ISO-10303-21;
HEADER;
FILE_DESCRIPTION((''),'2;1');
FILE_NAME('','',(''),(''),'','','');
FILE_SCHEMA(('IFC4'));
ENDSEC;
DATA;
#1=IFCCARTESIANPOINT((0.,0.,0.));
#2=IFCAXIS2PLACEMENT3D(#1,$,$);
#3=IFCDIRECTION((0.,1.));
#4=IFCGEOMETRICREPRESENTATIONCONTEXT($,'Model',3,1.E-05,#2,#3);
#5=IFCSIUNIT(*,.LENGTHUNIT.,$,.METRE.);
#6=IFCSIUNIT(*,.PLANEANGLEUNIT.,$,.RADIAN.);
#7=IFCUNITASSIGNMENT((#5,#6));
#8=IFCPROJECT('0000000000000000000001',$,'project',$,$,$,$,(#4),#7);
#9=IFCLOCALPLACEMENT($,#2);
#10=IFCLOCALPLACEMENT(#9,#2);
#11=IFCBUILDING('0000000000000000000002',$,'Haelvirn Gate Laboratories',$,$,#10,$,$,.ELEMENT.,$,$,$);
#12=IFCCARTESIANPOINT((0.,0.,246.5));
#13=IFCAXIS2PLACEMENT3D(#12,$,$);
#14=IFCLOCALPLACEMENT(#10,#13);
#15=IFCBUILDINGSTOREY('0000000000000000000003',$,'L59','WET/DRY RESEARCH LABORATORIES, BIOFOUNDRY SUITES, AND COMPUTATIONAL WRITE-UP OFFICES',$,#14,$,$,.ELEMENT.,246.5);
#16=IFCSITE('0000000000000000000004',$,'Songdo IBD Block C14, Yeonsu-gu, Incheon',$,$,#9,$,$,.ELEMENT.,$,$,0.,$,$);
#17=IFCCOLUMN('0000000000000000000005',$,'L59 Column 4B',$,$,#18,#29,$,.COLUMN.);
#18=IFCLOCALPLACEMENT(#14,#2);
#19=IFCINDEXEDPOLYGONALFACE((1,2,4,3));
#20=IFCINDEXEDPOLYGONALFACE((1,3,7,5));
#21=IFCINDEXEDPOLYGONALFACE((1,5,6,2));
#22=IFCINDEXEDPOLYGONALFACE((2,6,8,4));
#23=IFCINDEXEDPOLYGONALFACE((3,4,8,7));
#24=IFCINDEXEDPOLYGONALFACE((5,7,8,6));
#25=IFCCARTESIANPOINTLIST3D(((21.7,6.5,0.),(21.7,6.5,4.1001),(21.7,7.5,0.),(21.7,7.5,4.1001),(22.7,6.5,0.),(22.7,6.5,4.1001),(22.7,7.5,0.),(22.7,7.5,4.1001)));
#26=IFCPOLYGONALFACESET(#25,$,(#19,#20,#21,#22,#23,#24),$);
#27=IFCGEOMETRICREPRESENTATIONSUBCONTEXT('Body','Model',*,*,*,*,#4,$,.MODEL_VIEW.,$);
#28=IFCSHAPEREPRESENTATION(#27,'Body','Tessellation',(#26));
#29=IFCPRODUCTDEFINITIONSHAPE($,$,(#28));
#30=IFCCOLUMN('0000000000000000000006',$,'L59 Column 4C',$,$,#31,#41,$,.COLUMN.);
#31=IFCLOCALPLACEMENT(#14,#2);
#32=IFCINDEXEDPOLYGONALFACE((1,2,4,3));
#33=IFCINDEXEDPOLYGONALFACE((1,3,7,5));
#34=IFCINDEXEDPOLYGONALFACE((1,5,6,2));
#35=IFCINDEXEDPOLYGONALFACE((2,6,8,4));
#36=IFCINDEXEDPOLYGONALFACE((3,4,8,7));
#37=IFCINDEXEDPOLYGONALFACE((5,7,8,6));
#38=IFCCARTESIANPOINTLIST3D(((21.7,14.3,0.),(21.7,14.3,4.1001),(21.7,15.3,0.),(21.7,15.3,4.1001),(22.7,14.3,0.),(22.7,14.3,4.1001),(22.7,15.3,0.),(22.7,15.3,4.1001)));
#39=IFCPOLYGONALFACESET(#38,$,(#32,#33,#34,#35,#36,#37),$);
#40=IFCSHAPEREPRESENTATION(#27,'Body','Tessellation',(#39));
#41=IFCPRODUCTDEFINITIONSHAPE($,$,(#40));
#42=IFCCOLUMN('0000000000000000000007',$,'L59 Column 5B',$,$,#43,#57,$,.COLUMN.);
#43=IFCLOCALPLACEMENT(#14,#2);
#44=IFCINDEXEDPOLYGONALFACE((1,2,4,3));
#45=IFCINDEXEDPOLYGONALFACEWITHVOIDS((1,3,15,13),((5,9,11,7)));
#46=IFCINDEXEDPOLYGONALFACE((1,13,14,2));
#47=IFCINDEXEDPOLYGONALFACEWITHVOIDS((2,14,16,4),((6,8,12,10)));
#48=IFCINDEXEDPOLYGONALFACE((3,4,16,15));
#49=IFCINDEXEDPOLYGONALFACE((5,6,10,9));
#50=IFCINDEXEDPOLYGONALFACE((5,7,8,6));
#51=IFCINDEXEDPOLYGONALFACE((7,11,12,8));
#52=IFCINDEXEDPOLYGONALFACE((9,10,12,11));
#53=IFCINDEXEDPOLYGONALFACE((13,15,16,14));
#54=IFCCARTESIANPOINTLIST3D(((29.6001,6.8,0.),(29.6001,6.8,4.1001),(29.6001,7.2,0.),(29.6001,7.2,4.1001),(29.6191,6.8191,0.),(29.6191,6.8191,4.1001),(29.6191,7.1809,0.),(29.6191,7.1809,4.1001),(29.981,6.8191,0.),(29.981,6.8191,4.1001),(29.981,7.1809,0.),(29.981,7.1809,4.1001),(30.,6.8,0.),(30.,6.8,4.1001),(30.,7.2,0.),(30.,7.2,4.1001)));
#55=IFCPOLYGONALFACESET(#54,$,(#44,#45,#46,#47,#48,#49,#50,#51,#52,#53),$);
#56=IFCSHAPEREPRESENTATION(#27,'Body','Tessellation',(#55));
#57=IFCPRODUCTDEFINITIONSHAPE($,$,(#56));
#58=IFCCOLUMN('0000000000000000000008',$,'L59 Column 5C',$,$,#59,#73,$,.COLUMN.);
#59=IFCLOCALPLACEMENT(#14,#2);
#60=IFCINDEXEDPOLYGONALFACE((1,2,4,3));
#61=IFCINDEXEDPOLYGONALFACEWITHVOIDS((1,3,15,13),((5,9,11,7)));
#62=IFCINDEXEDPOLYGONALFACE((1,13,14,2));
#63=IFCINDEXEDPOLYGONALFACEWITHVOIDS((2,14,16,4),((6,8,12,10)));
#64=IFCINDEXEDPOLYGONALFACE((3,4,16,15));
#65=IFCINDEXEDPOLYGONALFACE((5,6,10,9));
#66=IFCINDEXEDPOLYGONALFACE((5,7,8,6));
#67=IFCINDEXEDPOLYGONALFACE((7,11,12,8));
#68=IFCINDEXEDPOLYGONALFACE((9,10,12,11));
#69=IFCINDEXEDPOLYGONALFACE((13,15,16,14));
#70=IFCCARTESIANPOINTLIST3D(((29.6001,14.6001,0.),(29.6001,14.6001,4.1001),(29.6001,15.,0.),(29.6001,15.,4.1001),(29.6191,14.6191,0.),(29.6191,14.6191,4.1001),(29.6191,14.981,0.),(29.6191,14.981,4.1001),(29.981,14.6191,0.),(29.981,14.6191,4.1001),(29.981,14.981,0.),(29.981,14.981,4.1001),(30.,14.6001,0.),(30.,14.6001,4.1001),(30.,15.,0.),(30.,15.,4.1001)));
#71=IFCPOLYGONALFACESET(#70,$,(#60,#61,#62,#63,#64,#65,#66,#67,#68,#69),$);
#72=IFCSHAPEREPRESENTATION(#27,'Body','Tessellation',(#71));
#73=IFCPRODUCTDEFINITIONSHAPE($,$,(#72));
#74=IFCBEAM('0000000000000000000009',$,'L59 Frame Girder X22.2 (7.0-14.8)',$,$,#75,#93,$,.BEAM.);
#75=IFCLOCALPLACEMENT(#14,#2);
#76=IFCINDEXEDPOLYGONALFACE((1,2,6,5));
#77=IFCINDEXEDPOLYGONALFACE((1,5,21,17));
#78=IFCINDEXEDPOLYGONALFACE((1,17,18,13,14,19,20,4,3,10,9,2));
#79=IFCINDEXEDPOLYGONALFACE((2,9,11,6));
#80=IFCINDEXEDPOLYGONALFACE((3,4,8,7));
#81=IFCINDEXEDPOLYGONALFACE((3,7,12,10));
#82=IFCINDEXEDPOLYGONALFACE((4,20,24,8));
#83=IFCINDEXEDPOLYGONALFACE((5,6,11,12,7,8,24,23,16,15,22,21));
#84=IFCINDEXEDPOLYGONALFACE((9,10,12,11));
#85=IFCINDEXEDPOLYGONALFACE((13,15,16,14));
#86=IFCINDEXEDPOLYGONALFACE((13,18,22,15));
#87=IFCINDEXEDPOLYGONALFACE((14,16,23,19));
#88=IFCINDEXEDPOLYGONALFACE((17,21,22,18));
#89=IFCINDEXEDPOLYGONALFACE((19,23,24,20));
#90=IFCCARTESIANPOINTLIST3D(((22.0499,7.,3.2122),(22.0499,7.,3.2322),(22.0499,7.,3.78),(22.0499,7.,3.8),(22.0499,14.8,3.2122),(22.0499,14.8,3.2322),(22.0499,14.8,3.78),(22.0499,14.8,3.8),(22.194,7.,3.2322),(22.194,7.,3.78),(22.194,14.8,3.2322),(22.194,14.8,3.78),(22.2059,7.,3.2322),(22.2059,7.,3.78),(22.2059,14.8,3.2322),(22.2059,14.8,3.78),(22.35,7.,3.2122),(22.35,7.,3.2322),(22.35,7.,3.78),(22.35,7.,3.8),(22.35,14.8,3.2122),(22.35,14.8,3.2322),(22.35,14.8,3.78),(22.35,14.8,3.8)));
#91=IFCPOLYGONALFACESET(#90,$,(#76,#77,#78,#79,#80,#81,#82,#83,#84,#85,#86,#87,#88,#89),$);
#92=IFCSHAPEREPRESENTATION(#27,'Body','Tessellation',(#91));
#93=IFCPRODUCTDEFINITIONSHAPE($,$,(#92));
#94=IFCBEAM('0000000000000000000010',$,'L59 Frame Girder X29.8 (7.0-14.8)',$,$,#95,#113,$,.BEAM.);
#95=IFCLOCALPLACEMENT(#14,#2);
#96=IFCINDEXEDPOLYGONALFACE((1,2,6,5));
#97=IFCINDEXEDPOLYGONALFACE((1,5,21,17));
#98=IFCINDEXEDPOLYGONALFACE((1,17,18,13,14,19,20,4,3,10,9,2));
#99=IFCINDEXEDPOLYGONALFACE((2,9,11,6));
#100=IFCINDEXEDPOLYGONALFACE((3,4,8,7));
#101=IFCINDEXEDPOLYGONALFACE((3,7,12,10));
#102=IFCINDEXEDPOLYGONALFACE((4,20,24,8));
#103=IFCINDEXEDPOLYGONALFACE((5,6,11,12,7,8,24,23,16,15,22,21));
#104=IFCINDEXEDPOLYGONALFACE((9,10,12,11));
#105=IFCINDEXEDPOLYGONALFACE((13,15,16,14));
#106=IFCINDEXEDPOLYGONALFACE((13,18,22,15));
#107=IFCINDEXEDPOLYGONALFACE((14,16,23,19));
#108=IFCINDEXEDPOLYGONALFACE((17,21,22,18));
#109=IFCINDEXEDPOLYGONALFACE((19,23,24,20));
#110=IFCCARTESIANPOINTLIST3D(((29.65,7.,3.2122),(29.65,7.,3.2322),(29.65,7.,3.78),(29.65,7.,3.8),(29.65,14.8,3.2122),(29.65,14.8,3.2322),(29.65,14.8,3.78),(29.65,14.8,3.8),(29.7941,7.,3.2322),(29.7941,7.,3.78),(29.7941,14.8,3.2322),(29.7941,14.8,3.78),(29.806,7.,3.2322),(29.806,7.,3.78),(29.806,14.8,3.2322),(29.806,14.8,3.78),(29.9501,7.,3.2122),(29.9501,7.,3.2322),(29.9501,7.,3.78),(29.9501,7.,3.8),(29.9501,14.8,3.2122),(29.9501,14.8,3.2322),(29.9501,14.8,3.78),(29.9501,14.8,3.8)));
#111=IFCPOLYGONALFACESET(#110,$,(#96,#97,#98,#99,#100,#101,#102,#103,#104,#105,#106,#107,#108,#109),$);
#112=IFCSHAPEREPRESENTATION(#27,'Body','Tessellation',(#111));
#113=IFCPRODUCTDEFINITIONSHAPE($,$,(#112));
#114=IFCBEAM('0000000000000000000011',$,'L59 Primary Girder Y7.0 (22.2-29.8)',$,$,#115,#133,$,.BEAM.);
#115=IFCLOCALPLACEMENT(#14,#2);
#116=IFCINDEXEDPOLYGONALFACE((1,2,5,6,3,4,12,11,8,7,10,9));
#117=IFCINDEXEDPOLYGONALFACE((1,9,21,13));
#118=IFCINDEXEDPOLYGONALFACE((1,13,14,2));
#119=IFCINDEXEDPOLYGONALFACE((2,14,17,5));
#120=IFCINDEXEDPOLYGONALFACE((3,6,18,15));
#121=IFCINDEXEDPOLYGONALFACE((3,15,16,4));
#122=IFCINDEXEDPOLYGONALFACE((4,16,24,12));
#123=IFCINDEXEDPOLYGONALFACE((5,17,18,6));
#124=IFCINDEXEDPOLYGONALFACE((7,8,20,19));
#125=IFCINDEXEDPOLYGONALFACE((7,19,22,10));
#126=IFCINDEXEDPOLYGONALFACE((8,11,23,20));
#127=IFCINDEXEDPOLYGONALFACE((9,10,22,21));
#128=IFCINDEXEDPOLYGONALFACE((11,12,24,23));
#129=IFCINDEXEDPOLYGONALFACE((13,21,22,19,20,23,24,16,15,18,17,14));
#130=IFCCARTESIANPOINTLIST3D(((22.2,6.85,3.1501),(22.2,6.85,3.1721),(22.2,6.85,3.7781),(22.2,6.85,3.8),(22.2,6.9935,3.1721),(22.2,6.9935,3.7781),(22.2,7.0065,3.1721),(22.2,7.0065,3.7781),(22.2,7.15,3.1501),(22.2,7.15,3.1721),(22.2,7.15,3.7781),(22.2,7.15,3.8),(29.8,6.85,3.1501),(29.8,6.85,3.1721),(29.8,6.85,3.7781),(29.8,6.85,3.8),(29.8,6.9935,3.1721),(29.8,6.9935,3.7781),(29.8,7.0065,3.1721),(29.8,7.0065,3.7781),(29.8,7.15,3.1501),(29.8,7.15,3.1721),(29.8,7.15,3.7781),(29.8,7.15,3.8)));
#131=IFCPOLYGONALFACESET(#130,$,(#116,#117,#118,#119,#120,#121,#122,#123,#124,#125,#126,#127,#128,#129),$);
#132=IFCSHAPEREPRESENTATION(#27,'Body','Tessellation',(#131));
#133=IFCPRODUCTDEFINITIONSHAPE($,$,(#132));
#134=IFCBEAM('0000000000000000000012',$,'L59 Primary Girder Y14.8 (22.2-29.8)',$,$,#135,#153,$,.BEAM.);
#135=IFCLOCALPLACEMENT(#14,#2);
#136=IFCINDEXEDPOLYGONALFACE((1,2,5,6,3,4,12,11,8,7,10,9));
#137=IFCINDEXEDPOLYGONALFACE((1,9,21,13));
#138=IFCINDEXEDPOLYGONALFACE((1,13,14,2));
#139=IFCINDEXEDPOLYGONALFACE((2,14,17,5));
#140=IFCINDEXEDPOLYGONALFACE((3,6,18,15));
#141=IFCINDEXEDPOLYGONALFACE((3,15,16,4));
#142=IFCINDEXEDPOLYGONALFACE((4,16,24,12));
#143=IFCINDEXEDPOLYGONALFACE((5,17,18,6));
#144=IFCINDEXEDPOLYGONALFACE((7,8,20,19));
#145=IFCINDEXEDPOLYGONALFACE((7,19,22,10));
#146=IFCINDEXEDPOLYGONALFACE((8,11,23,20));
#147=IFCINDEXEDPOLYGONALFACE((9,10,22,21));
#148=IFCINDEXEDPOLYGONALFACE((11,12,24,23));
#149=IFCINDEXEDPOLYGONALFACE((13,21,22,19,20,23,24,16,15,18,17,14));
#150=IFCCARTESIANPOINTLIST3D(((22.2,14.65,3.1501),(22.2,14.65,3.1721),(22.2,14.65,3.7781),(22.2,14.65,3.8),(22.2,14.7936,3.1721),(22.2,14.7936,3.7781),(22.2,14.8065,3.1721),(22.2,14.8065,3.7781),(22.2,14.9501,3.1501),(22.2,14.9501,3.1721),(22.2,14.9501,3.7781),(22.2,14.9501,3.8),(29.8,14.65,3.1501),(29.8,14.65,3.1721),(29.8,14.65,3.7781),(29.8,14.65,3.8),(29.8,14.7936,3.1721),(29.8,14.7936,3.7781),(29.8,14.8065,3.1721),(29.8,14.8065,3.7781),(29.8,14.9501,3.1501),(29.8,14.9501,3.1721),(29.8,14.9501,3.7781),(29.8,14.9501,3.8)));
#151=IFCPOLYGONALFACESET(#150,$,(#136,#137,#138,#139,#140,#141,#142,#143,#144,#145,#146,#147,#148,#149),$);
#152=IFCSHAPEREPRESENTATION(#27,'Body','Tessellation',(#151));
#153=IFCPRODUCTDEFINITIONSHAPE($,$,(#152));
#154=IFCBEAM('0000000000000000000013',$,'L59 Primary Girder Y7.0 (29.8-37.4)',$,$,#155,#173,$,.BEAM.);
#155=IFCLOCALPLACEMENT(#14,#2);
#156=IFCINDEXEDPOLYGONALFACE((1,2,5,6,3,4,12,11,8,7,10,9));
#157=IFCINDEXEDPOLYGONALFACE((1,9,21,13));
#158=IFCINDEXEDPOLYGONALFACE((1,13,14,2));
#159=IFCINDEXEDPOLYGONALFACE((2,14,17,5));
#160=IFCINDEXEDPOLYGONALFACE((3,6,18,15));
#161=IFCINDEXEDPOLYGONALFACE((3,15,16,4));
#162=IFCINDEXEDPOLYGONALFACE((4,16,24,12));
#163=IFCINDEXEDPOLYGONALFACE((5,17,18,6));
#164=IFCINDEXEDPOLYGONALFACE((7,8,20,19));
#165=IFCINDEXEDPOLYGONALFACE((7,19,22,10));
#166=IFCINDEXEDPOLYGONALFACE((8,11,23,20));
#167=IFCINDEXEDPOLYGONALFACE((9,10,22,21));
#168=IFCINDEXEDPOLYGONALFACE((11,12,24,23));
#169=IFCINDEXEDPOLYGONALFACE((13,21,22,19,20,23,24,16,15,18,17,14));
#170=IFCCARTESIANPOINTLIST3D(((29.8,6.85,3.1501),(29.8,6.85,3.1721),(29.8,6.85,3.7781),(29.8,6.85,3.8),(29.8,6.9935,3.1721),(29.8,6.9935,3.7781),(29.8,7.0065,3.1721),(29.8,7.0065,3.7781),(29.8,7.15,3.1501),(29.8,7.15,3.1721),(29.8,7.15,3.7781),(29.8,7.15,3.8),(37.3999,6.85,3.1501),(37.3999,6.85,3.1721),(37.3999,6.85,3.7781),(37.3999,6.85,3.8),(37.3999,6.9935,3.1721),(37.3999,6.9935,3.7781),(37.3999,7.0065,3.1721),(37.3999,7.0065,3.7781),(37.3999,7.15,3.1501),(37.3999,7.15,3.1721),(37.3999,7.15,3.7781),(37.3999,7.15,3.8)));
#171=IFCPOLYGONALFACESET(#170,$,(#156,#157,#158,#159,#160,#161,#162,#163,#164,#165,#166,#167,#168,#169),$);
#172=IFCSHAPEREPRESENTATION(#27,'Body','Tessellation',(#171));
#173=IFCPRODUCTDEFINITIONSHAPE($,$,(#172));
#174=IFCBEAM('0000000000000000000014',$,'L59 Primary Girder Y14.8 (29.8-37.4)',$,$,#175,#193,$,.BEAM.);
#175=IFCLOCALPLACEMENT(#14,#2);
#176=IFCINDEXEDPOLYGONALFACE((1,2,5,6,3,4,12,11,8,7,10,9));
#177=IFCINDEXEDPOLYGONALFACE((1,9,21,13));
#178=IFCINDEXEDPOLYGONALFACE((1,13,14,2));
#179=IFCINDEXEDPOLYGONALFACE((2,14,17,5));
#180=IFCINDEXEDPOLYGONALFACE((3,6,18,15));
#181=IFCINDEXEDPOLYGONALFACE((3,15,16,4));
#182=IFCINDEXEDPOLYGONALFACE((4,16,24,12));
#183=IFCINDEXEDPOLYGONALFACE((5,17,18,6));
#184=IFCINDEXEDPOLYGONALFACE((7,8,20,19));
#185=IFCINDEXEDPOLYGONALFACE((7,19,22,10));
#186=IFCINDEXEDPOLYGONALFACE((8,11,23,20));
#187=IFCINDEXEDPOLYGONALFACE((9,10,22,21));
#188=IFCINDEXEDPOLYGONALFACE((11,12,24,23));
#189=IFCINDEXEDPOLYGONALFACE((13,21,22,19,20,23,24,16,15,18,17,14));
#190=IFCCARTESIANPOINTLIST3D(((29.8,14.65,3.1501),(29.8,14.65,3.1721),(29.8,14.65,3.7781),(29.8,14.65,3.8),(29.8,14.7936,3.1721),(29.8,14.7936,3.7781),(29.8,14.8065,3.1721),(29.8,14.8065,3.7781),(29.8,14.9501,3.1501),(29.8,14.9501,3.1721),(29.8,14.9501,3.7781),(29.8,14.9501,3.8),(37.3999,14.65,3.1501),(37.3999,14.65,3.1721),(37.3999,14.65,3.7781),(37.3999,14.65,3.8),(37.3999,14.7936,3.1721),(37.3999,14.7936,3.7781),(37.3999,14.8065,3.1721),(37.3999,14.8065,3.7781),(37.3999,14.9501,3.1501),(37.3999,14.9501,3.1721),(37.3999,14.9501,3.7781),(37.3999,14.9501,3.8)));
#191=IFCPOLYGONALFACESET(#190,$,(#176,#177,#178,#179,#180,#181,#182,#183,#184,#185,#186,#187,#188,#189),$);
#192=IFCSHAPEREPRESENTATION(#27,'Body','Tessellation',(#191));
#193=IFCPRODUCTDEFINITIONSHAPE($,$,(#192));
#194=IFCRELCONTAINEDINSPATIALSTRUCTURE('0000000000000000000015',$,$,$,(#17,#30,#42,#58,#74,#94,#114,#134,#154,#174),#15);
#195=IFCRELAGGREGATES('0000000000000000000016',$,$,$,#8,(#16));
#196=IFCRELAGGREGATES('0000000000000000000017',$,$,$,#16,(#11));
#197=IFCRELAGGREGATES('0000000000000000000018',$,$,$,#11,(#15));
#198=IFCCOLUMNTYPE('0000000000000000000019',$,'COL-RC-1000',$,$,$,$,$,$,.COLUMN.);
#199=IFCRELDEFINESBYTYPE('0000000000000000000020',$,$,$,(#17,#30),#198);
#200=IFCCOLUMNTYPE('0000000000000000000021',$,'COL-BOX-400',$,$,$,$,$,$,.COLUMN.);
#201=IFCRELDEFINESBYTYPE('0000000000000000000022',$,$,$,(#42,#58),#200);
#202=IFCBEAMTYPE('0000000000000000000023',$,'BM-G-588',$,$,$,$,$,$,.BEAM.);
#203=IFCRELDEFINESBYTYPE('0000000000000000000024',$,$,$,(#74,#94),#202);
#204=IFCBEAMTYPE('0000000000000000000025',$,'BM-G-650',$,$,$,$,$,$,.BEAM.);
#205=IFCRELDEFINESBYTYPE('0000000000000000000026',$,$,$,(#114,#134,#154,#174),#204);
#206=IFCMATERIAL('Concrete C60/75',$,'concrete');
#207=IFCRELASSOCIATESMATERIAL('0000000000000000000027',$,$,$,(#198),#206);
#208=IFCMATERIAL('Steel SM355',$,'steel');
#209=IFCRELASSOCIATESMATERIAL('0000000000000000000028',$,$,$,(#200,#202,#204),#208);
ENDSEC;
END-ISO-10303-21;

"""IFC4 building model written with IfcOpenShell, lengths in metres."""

from ifc_helpers import new_model, si_unit, direction, frame, origin, origin_2d, place, context, subcontext, project, spatial, rectangle, hollow_rectangle, i_section, extrude, source, transform, mapped, material, material_profile, profile_set, type_object, type_shapes, element, save


model = new_model("IFC4")

# Units and contexts
model_context = context("Model", 3, precision=1e-05, world=origin(), true_north=direction((0.0, 1.0)))
body_context = subcontext(model_context, "Body", "Model", "MODEL_VIEW")
ifc_project = project(units=[si_unit("LENGTHUNIT", "METRE"), si_unit("PLANEANGLEUNIT", "RADIAN")], contexts=[model_context])

# Site, building, storey
site_placement = place(None, origin())
site = spatial("IfcSite", under=ifc_project, at=site_placement, Name="Songdo IBD Block C14, Yeonsu-gu, Incheon", CompositionType="ELEMENT", RefElevation=0.0)
building_placement = place(site_placement, origin())
building = spatial("IfcBuilding", under=site, at=building_placement, Name="Haelvirn Gate Laboratories", CompositionType="ELEMENT")
storey_placement = place(building_placement, frame((0.0, 0.0, 246.5)))
storey = spatial("IfcBuildingStorey", under=building, at=storey_placement, Name="L59", Description="WET/DRY RESEARCH LABORATORIES, BIOFOUNDRY SUITES, AND COMPUTATIONAL WRITE-UP OFFICES", CompositionType="ELEMENT", Elevation=246.5)

# Columns
ifc_material_1 = material(Name="Concrete C60/75", Category="concrete")
ifc_material_profile_1 = material_profile(ifc_material_1, rectangle(XDim=1.0, YDim=1.0, at=origin_2d()), Name="RC-1000x1000")
ifc_profile_set_1 = profile_set([ifc_material_profile_1], Name="Concrete C60/75")
column_type_1 = type_object("IfcColumnType", Name="COL-RC-1000", PredefinedType="COLUMN", material=ifc_profile_set_1)
shared_shape_1 = source(origin(), body_context, "Body", "SweptSolid", [
    extrude(rectangle(XDim=1.0, YDim=1.0, at=origin_2d()), origin(), (0.0, 0.0, 1.0), 4.1001),
])
type_shapes(column_type_1, [shared_shape_1])
for number, where, z_axis, x_axis, name in (
    (1, (22.2, 7.0, 0.0), (0.0, 0.0, 1.0), (1.0, 0.0, 0.0), "L59 Column 4B"),
    (2, (22.2, 14.8, 0.0), (0.0, 0.0, 1.0), (1.0, 0.0, 0.0), "L59 Column 4C"),
):
    element("IfcColumn", number, at=place(storey_placement, frame(where, z_axis=z_axis, x_axis=x_axis)), inside=storey, type_object=column_type_1, Name=name, PredefinedType="COLUMN", context=body_context, shape_type="MappedRepresentation", body=[
        mapped(shared_shape_1, transform((0.0, 0.0, 0.0), scale=1.0)),
    ])
ifc_material_2 = material(Name="Steel SM355", Category="steel")
ifc_material_profile_2 = material_profile(ifc_material_2, hollow_rectangle(XDim=0.3999, YDim=0.3999, WallThickness=0.019, at=origin_2d()), Name="BOX-400x400x19")
ifc_profile_set_2 = profile_set([ifc_material_profile_2], Name="Steel SM355")
column_type_2 = type_object("IfcColumnType", Name="COL-BOX-400", PredefinedType="COLUMN", material=ifc_profile_set_2)
shared_shape_2 = source(origin(), body_context, "Body", "SweptSolid", [
    extrude(hollow_rectangle(XDim=0.3999, YDim=0.3999, WallThickness=0.019, at=origin_2d()), origin(), (0.0, 0.0, 1.0), 4.1001),
])
type_shapes(column_type_2, [shared_shape_2])
for number, where, z_axis, x_axis, name in (
    (3, (29.8, 7.0, 0.0), (0.0, 0.0, 1.0), (1.0, 0.0, 0.0), "L59 Column 5B"),
    (4, (29.8, 14.8, 0.0), (0.0, 0.0, 1.0), (1.0, 0.0, 0.0), "L59 Column 5C"),
):
    element("IfcColumn", number, at=place(storey_placement, frame(where, z_axis=z_axis, x_axis=x_axis)), inside=storey, type_object=column_type_2, Name=name, PredefinedType="COLUMN", context=body_context, shape_type="MappedRepresentation", body=[
        mapped(shared_shape_2, transform((0.0, 0.0, 0.0), scale=1.0)),
    ])

# Beams
ifc_material_profile_3 = material_profile(ifc_material_2, i_section(OverallWidth=0.3, OverallDepth=0.5879, WebThickness=0.012, FlangeThickness=0.02, at=origin_2d()), Name="H-588x300x12x20")
ifc_profile_set_3 = profile_set([ifc_material_profile_3], Name="Steel SM355")
beam_type_1 = type_object("IfcBeamType", Name="BM-G-588", PredefinedType="BEAM", material=ifc_profile_set_3)
shared_shape_3 = source(origin(), body_context, "Body", "SweptSolid", [
    extrude(i_section(OverallWidth=0.3, OverallDepth=0.5879, WebThickness=0.012, FlangeThickness=0.02, at=origin_2d()), origin(), (0.0, 0.0, 1.0), 7.8),
])
type_shapes(beam_type_1, [shared_shape_3])
for number, where, z_axis, x_axis, name in (
    (5, (22.2, 7.0, 3.5061), (0.0, 1.0, 0.0), (-1.0, 0.0, 0.0), "L59 Frame Girder X22.2 (7.0-14.8)"),
    (6, (29.8, 7.0, 3.5061), (0.0, 1.0, 0.0), (-1.0, 0.0, 0.0), "L59 Frame Girder X29.8 (7.0-14.8)"),
):
    element("IfcBeam", number, at=place(storey_placement, frame(where, z_axis=z_axis, x_axis=x_axis)), inside=storey, type_object=beam_type_1, Name=name, PredefinedType="BEAM", context=body_context, shape_type="MappedRepresentation", body=[
        mapped(shared_shape_3, transform((0.0, 0.0, 0.0), scale=1.0)),
    ])
ifc_material_profile_4 = material_profile(ifc_material_2, i_section(OverallWidth=0.3, OverallDepth=0.6499, WebThickness=0.0129, FlangeThickness=0.022, at=origin_2d()), Name="H-650x300x13x22")
ifc_profile_set_4 = profile_set([ifc_material_profile_4], Name="Steel SM355")
beam_type_2 = type_object("IfcBeamType", Name="BM-G-650", PredefinedType="BEAM", material=ifc_profile_set_4)
shared_shape_4 = source(origin(), body_context, "Body", "SweptSolid", [
    extrude(i_section(OverallWidth=0.3, OverallDepth=0.6499, WebThickness=0.0129, FlangeThickness=0.022, at=origin_2d()), origin(), (0.0, 0.0, 1.0), 7.6001),
])
for number, where, z_axis, x_axis, name in (
    (7, (22.2, 7.0, 3.4751), (1.0, 0.0, 0.0), (0.0, 1.0, 0.0), "L59 Primary Girder Y7.0 (22.2-29.8)"),
    (8, (22.2, 14.8, 3.4751), (1.0, 0.0, 0.0), (0.0, 1.0, 0.0), "L59 Primary Girder Y14.8 (22.2-29.8)"),
):
    element("IfcBeam", number, at=place(storey_placement, frame(where, z_axis=z_axis, x_axis=x_axis)), inside=storey, type_object=beam_type_2, Name=name, PredefinedType="BEAM", context=body_context, shape_type="MappedRepresentation", body=[
        mapped(shared_shape_4, transform((0.0, 0.0, 0.0), scale=1.0)),
    ])
shared_shape_5 = source(origin(), body_context, "Body", "SweptSolid", [
    extrude(i_section(OverallWidth=0.3, OverallDepth=0.6499, WebThickness=0.0129, FlangeThickness=0.022, at=origin_2d()), origin(), (0.0, 0.0, 1.0), 7.5999),
])
type_shapes(beam_type_2, [shared_shape_4, shared_shape_5])
for number, where, z_axis, x_axis, name in (
    (9, (29.8, 7.0, 3.4751), (1.0, 0.0, 0.0), (0.0, 1.0, 0.0), "L59 Primary Girder Y7.0 (29.8-37.4)"),
    (10, (29.8, 14.8, 3.4751), (1.0, 0.0, 0.0), (0.0, 1.0, 0.0), "L59 Primary Girder Y14.8 (29.8-37.4)"),
):
    element("IfcBeam", number, at=place(storey_placement, frame(where, z_axis=z_axis, x_axis=x_axis)), inside=storey, type_object=beam_type_2, Name=name, PredefinedType="BEAM", context=body_context, shape_type="MappedRepresentation", body=[
        mapped(shared_shape_5, transform((0.0, 0.0, 0.0), scale=1.0)),
    ])

save(model, "model.ifc")
